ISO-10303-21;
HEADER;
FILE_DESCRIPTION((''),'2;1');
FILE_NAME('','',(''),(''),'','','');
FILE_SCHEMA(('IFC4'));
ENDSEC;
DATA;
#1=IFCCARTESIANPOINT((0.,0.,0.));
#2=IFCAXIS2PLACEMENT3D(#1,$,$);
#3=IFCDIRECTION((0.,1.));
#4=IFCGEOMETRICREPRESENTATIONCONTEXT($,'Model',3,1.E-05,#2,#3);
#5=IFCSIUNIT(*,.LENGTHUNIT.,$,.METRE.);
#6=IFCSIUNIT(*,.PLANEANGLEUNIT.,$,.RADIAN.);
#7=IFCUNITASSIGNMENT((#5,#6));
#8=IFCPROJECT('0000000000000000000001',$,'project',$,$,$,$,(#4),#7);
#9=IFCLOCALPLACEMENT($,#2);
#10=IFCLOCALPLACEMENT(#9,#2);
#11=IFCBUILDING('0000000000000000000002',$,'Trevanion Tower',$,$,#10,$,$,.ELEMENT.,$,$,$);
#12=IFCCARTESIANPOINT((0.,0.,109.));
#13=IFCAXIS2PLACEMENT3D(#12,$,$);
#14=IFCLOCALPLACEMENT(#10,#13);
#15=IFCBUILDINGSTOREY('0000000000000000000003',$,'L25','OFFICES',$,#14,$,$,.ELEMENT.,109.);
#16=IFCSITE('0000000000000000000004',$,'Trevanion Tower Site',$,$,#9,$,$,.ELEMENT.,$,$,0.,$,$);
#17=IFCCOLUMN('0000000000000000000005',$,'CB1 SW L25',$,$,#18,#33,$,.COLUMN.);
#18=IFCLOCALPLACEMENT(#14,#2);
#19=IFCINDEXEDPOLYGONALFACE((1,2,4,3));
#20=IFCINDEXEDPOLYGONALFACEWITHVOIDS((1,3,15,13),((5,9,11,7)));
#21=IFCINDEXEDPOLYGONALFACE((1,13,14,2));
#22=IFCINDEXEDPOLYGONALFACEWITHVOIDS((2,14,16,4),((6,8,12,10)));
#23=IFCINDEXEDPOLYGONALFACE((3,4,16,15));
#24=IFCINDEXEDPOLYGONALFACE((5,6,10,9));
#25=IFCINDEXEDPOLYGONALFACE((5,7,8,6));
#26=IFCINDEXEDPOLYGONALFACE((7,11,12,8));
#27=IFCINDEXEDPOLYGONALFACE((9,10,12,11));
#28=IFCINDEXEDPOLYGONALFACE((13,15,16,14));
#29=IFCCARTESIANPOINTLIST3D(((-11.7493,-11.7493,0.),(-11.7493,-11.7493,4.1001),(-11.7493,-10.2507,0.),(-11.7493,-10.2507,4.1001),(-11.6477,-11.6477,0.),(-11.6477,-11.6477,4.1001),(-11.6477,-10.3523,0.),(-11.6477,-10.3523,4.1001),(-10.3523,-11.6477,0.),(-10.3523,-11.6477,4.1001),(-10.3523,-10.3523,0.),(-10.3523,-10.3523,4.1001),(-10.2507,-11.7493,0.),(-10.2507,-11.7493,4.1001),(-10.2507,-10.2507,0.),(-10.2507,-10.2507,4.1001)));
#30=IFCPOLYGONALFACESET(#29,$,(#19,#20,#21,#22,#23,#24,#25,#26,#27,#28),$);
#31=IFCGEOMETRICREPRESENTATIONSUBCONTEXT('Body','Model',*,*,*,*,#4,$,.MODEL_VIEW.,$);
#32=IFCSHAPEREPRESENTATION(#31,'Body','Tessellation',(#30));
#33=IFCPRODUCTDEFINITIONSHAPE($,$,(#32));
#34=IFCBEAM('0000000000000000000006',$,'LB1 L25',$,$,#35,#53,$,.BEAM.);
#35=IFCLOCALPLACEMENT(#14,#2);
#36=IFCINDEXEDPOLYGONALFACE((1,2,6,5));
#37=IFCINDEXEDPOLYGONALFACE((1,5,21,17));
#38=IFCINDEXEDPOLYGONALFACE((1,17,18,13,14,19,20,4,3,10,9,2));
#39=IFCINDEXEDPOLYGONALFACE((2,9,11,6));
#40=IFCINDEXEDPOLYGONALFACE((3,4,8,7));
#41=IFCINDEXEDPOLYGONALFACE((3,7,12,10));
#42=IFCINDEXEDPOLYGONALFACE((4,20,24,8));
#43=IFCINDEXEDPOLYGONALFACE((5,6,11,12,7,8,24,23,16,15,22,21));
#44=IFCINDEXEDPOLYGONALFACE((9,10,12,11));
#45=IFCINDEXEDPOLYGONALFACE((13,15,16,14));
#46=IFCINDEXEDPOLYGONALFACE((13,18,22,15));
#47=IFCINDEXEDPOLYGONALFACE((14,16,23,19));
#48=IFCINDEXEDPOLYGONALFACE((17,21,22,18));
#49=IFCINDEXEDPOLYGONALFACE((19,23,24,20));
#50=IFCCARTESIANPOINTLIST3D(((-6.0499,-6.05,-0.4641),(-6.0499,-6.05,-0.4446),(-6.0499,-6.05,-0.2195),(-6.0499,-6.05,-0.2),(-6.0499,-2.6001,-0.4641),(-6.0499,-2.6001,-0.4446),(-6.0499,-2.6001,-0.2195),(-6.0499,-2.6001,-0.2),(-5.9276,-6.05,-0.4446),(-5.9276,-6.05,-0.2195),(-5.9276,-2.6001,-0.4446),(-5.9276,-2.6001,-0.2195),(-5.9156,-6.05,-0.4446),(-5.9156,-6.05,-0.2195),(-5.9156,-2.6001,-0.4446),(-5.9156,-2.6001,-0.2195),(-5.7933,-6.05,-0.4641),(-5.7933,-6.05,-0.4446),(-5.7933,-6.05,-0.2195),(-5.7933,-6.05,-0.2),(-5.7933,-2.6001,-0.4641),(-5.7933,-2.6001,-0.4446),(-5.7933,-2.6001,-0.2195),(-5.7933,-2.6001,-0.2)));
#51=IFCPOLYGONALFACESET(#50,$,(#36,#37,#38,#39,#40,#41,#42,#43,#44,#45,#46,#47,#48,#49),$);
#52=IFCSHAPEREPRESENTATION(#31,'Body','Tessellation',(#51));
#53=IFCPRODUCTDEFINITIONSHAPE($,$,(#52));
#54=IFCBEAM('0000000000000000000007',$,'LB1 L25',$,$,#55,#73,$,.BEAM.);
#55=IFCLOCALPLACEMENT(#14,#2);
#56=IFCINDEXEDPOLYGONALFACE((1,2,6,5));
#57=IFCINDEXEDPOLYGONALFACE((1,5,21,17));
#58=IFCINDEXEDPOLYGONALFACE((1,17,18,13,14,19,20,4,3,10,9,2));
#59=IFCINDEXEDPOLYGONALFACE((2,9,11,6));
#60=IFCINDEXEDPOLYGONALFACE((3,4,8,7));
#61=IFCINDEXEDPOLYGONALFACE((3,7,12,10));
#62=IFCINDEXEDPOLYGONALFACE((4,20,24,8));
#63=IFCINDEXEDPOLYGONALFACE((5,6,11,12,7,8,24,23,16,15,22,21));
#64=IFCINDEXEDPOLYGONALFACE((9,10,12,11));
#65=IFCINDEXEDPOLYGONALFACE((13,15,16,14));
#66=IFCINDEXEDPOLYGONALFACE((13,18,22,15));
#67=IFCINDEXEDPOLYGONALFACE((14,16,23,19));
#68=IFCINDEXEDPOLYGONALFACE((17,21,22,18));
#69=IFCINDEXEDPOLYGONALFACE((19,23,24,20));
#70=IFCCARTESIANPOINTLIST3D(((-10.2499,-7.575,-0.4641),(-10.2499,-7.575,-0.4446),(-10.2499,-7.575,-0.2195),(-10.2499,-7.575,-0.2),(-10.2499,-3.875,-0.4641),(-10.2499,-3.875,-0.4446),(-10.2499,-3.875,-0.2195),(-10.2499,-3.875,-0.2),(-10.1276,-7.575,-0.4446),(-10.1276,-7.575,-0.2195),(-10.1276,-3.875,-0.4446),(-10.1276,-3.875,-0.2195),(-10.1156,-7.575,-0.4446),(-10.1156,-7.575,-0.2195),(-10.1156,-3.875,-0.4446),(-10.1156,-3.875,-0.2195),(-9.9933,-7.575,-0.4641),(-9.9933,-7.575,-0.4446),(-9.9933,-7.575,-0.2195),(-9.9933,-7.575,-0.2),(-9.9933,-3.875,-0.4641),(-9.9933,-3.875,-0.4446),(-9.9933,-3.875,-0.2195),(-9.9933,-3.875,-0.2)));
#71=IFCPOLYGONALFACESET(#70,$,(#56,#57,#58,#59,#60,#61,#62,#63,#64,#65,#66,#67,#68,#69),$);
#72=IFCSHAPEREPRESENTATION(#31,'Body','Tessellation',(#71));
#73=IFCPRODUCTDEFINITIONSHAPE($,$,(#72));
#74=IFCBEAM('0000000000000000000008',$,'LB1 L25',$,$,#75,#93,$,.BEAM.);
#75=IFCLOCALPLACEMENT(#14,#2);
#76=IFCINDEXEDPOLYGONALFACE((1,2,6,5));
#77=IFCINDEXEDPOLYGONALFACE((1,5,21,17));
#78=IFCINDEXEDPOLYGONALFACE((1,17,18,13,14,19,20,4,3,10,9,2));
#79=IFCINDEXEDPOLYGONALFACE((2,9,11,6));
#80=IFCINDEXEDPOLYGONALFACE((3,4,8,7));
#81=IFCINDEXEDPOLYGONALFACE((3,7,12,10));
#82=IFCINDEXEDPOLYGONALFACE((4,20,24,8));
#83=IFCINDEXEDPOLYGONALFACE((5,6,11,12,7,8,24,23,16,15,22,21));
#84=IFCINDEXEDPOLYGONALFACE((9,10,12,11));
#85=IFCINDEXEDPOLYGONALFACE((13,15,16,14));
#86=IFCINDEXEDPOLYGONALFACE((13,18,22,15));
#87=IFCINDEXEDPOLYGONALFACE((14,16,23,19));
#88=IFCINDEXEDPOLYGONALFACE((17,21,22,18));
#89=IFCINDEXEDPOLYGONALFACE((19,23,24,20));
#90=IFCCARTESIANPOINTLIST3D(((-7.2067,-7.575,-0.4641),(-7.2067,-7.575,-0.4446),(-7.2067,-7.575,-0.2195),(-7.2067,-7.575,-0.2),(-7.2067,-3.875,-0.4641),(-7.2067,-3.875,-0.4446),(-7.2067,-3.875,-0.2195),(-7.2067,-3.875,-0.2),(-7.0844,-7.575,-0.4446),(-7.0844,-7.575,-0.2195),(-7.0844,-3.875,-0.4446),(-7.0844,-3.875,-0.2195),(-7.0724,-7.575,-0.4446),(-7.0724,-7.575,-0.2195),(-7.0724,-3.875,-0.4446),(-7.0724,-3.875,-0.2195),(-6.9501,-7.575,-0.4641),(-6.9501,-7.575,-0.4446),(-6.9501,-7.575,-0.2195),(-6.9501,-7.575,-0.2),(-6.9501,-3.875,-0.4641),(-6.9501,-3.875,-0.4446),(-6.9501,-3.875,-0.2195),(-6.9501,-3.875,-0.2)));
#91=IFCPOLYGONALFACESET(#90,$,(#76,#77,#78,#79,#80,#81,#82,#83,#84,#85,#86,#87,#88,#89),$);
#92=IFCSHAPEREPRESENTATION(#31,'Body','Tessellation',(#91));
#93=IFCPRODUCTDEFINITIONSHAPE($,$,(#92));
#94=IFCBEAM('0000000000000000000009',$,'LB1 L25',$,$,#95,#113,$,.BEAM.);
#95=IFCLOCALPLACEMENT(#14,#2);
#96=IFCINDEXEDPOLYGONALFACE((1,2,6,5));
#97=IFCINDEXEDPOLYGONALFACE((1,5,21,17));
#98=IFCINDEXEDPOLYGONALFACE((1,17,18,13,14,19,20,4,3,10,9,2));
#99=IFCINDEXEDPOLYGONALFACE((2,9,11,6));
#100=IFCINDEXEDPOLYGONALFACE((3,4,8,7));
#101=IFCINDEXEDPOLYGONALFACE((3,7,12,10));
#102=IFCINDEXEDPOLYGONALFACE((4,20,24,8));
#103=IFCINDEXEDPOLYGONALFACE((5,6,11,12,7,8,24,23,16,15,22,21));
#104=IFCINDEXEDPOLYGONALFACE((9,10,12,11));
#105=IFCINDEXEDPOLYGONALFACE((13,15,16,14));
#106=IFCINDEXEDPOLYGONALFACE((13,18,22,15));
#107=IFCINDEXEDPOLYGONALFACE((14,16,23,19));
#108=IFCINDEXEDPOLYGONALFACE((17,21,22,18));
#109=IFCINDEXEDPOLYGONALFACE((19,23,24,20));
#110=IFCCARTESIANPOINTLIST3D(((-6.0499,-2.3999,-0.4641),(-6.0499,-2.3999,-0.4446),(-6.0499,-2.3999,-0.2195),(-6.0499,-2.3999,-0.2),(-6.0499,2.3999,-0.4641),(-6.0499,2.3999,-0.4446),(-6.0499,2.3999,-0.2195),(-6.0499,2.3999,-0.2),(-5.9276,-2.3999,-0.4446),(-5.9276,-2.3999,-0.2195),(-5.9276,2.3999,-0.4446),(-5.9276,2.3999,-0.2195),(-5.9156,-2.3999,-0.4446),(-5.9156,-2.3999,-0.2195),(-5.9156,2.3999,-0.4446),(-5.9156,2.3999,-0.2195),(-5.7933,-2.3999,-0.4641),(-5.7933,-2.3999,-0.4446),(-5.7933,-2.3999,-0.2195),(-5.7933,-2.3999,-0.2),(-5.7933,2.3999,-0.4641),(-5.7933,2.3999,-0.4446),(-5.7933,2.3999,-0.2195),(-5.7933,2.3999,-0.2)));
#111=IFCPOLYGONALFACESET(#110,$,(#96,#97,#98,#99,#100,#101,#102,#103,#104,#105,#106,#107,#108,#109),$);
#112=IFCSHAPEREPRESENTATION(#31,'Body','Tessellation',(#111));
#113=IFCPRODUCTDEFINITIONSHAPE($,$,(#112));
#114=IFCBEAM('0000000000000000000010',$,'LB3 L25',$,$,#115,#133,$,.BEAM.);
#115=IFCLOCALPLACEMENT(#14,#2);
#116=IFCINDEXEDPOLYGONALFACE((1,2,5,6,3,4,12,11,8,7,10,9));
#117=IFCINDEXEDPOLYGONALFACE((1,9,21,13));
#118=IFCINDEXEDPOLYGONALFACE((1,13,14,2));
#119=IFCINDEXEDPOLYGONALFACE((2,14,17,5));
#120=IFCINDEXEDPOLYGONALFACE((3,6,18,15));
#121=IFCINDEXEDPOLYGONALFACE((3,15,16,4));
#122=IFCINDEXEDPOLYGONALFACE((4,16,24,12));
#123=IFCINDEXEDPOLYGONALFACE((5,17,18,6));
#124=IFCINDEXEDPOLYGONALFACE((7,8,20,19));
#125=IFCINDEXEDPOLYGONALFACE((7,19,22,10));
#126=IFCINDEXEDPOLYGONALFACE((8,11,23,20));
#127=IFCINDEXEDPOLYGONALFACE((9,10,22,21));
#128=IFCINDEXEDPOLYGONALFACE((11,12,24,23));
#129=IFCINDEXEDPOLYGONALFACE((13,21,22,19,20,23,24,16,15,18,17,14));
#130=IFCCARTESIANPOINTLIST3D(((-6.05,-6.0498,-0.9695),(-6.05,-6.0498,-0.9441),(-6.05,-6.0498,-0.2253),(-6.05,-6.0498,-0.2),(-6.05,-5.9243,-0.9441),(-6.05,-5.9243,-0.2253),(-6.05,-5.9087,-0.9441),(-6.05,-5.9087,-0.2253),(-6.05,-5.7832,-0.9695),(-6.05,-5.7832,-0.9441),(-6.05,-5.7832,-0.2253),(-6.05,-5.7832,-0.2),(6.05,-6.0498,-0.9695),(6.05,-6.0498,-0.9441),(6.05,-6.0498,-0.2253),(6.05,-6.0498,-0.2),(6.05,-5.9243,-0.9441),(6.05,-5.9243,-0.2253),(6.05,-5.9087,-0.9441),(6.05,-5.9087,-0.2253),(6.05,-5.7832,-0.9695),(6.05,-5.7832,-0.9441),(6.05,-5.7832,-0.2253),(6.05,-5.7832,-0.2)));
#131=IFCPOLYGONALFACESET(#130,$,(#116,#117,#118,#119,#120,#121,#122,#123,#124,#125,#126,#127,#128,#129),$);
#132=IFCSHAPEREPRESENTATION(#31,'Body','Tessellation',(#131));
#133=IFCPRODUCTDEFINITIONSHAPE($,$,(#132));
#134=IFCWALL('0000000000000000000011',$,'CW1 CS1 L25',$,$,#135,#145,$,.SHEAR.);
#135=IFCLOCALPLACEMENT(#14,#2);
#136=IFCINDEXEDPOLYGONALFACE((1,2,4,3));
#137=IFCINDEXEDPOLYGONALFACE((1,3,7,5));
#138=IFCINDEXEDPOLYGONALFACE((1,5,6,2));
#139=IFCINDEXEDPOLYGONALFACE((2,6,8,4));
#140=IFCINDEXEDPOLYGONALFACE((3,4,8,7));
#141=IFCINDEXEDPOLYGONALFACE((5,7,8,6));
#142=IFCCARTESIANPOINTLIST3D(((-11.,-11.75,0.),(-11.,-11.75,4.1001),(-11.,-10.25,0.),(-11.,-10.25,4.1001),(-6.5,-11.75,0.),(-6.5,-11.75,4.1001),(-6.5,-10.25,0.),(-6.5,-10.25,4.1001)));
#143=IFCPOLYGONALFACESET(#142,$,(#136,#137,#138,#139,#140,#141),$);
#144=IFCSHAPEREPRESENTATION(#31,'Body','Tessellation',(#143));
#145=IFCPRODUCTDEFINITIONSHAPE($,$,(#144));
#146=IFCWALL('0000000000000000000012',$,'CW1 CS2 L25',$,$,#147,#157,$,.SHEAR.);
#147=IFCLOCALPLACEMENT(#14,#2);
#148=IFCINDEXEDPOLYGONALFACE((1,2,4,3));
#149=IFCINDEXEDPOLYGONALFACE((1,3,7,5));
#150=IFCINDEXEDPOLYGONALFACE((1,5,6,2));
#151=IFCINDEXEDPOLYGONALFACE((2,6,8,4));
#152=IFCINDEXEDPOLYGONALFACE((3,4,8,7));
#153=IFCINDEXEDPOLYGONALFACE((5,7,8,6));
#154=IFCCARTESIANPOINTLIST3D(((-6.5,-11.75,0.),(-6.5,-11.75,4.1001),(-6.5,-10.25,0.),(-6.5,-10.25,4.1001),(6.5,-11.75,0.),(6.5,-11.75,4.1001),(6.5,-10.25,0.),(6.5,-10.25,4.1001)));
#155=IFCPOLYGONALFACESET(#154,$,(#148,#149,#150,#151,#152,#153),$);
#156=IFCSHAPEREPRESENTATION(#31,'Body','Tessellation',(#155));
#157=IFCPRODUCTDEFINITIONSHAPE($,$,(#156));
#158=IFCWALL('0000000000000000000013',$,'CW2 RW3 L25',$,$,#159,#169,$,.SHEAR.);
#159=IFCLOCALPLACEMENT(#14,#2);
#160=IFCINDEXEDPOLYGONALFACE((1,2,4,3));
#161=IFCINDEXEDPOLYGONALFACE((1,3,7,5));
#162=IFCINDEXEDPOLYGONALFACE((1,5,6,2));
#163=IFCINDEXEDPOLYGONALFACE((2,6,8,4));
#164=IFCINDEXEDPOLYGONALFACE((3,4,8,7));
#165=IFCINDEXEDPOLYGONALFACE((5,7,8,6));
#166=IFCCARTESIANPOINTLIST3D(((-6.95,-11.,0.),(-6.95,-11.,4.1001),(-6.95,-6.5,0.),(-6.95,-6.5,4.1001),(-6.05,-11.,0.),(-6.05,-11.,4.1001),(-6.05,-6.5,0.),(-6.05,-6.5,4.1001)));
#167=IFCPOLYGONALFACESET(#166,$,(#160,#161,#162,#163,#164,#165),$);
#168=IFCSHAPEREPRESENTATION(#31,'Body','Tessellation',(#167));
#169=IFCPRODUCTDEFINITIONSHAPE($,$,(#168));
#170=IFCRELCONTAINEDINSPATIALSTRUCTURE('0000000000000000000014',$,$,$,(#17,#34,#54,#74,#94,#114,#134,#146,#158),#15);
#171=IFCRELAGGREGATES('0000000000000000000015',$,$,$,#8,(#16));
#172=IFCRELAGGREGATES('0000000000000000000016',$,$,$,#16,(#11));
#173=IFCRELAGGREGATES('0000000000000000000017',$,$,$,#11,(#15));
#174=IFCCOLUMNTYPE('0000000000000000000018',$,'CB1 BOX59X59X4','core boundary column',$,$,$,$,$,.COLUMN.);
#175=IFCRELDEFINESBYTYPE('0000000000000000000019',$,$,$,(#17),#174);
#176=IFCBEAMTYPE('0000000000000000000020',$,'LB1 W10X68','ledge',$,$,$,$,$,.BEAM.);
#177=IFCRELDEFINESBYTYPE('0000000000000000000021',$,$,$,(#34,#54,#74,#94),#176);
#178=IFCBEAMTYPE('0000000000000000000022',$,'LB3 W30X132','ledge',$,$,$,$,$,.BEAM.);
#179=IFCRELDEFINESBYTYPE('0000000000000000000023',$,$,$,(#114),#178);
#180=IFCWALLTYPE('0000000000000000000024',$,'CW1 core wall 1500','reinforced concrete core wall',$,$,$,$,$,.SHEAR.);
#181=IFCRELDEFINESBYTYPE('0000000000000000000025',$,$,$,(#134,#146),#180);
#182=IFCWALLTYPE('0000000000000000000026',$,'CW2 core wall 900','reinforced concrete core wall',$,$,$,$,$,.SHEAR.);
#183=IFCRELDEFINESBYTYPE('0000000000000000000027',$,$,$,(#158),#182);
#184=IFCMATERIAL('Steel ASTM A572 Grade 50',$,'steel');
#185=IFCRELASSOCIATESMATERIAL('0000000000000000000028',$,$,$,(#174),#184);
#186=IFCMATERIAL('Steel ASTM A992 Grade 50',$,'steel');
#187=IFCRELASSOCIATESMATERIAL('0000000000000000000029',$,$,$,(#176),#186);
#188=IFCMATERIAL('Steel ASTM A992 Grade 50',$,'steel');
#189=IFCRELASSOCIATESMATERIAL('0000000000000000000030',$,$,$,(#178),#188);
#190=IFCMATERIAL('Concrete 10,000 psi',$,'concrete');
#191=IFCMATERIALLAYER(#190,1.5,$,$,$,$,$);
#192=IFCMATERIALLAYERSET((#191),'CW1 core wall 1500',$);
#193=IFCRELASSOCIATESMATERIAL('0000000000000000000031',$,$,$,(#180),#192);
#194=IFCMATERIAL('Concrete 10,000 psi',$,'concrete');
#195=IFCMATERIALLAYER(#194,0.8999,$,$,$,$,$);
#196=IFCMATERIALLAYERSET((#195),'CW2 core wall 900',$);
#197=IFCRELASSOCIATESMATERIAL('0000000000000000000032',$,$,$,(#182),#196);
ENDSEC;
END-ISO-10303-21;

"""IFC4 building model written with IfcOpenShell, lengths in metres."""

from ifc_helpers import new_model, si_unit, direction, frame, frame_2d, origin, origin_2d, place, context, subcontext, project, spatial, rectangle, hollow_rectangle, i_section, extrude, material, layer, layer_set, material_profile, profile_set, type_object, element, save


model = new_model("IFC4")

# Units and contexts
model_context = context("Model", 3, precision=1e-05, world=origin(), true_north=direction((0.0, 1.0)))
body_context = subcontext(model_context, "Body", "Model", "MODEL_VIEW")
ifc_project = project(units=[si_unit("LENGTHUNIT", "METRE"), si_unit("PLANEANGLEUNIT", "RADIAN")], contexts=[model_context])

# Site, building, storey
site_placement = place(None, origin())
site = spatial("IfcSite", under=ifc_project, at=site_placement, Name="Trevanion Tower Site", CompositionType="ELEMENT", RefElevation=0.0)
building_placement = place(site_placement, origin())
building = spatial("IfcBuilding", under=site, at=building_placement, Name="Trevanion Tower", CompositionType="ELEMENT")
storey_placement = place(building_placement, frame((0.0, 0.0, 109.0)))
storey = spatial("IfcBuildingStorey", under=building, at=storey_placement, Name="L25", Description="OFFICES", CompositionType="ELEMENT", Elevation=109.0)

# Column
ifc_material_1 = material(Name="Steel ASTM A572 Grade 50", Category="steel")
ifc_material_profile_1 = material_profile(ifc_material_1, hollow_rectangle(XDim=1.4985, YDim=1.4985, WallThickness=0.1016, at=origin_2d()), Name="BOX59X59X4")
ifc_profile_set_1 = profile_set([ifc_material_profile_1], Name="Steel ASTM A572 Grade 50")
column_type = type_object("IfcColumnType", Name="CB1 BOX59X59X4", Description="core boundary column", PredefinedType="COLUMN", material=ifc_profile_set_1)
column_placement = place(storey_placement, frame((-11.0, -11.0, 0.0), z_axis=(0.0, 0.0, 1.0), x_axis=(1.0, 0.0, 0.0)))
element("IfcColumn", 1, at=column_placement, inside=storey, type_object=column_type, Name="CB1 SW L25", PredefinedType="COLUMN", context=body_context, shape_type="SweptSolid", body=[
    extrude(hollow_rectangle(XDim=1.4985, YDim=1.4985, WallThickness=0.1016, at=origin_2d()), origin(), (0.0, 0.0, 1.0), 4.1001),
])

# Beams
ifc_material_2 = material(Name="Steel ASTM A992 Grade 50", Category="steel")
ifc_material_profile_2 = material_profile(ifc_material_2, i_section(OverallWidth=0.2566, OverallDepth=0.2642, WebThickness=0.012, FlangeThickness=0.0195, at=origin_2d()), Name="W10X68")
ifc_profile_set_2 = profile_set([ifc_material_profile_2], Name="Steel ASTM A992 Grade 50")
beam_type_1 = type_object("IfcBeamType", Name="LB1 W10X68", Description="ledge", PredefinedType="BEAM", material=ifc_profile_set_2)
beam_1_placement = place(storey_placement, frame((-5.9216, -6.05, -0.332), z_axis=(0.0, 1.0, 0.0), x_axis=(-1.0, 0.0, 0.0)))
element("IfcBeam", 2, at=beam_1_placement, inside=storey, type_object=beam_type_1, Name="LB1 L25", PredefinedType="BEAM", context=body_context, shape_type="SweptSolid", body=[
    extrude(i_section(OverallWidth=0.2566, OverallDepth=0.2642, WebThickness=0.012, FlangeThickness=0.0195, at=origin_2d()), origin(), (0.0, 0.0, 1.0), 3.45),
])
for number, where, z_axis, x_axis, name in (
    (3, (-10.1216, -7.575, -0.332), (0.0, 1.0, 0.0), (-1.0, 0.0, 0.0), "LB1 L25"),
    (4, (-7.0784, -7.575, -0.332), (0.0, 1.0, 0.0), (-1.0, 0.0, 0.0), "LB1 L25"),
):
    element("IfcBeam", number, at=place(storey_placement, frame(where, z_axis=z_axis, x_axis=x_axis)), inside=storey, type_object=beam_type_1, Name=name, PredefinedType="BEAM", context=body_context, shape_type="SweptSolid", body=[
        extrude(i_section(OverallWidth=0.2566, OverallDepth=0.2642, WebThickness=0.012, FlangeThickness=0.0195, at=origin_2d()), origin(), (0.0, 0.0, 1.0), 3.7),
    ])
beam_2_placement = place(storey_placement, frame((-5.9216, -2.3999, -0.332), z_axis=(0.0, 1.0, 0.0), x_axis=(-1.0, 0.0, 0.0)))
element("IfcBeam", 5, at=beam_2_placement, inside=storey, type_object=beam_type_1, Name="LB1 L25", PredefinedType="BEAM", context=body_context, shape_type="SweptSolid", body=[
    extrude(i_section(OverallWidth=0.2566, OverallDepth=0.2642, WebThickness=0.012, FlangeThickness=0.0195, at=origin_2d()), origin(), (0.0, 0.0, 1.0), 4.7998),
])
ifc_material_3 = material(Name="Steel ASTM A992 Grade 50", Category="steel")
ifc_material_profile_3 = material_profile(ifc_material_3, i_section(OverallWidth=0.2666, OverallDepth=0.7695, WebThickness=0.0156, FlangeThickness=0.0254, at=origin_2d()), Name="W30X132")
ifc_profile_set_3 = profile_set([ifc_material_profile_3], Name="Steel ASTM A992 Grade 50")
beam_type_2 = type_object("IfcBeamType", Name="LB3 W30X132", Description="ledge", PredefinedType="BEAM", material=ifc_profile_set_3)
beam_3_placement = place(storey_placement, frame((-6.05, -5.9165, -0.5847), z_axis=(1.0, 0.0, 0.0), x_axis=(0.0, 1.0, 0.0)))
element("IfcBeam", 6, at=beam_3_placement, inside=storey, type_object=beam_type_2, Name="LB3 L25", PredefinedType="BEAM", context=body_context, shape_type="SweptSolid", body=[
    extrude(i_section(OverallWidth=0.2666, OverallDepth=0.7695, WebThickness=0.0156, FlangeThickness=0.0254, at=origin_2d()), origin(), (0.0, 0.0, 1.0), 12.1001),
])

# Walls
ifc_material_4 = material(Name="Concrete 10,000 psi", Category="concrete")
ifc_layer_1 = layer(ifc_material_4, 1.5)
ifc_layer_set_1 = layer_set([ifc_layer_1], Name="CW1 core wall 1500")
wall_type_1 = type_object("IfcWallType", Name="CW1 core wall 1500", Description="reinforced concrete core wall", PredefinedType="SHEAR", material=ifc_layer_set_1)
wall_1_placement = place(storey_placement, frame((-11.0, -11.0, 0.0), z_axis=(0.0, 0.0, 1.0), x_axis=(1.0, 0.0, 0.0)))
element("IfcWall", 7, at=wall_1_placement, inside=storey, type_object=wall_type_1, Name="CW1 CS1 L25", PredefinedType="SHEAR", context=body_context, shape_type="SweptSolid", body=[
    extrude(rectangle(XDim=4.5, YDim=1.5, at=frame_2d((2.25, 0.0))), origin(), (0.0, 0.0, 1.0), 4.1001),
])
wall_2_placement = place(storey_placement, frame((-6.5, -11.0, 0.0), z_axis=(0.0, 0.0, 1.0), x_axis=(1.0, 0.0, 0.0)))
element("IfcWall", 8, at=wall_2_placement, inside=storey, type_object=wall_type_1, Name="CW1 CS2 L25", PredefinedType="SHEAR", context=body_context, shape_type="SweptSolid", body=[
    extrude(rectangle(XDim=13.0, YDim=1.5, at=frame_2d((6.5, 0.0))), origin(), (0.0, 0.0, 1.0), 4.1001),
])
ifc_material_5 = material(Name="Concrete 10,000 psi", Category="concrete")
ifc_layer_2 = layer(ifc_material_5, 0.8999)
ifc_layer_set_2 = layer_set([ifc_layer_2], Name="CW2 core wall 900")
wall_type_2 = type_object("IfcWallType", Name="CW2 core wall 900", Description="reinforced concrete core wall", PredefinedType="SHEAR", material=ifc_layer_set_2)
wall_3_placement = place(storey_placement, frame((-6.5, -6.5, 0.0), z_axis=(0.0, 0.0, 1.0), x_axis=(0.0, -1.0, 0.0)))
element("IfcWall", 9, at=wall_3_placement, inside=storey, type_object=wall_type_2, Name="CW2 RW3 L25", PredefinedType="SHEAR", context=body_context, shape_type="SweptSolid", body=[
    extrude(rectangle(XDim=4.5, YDim=0.8999, at=frame_2d((2.25, 0.0))), origin(), (0.0, 0.0, 1.0), 4.1001),
])

save(model, "model.ifc")
